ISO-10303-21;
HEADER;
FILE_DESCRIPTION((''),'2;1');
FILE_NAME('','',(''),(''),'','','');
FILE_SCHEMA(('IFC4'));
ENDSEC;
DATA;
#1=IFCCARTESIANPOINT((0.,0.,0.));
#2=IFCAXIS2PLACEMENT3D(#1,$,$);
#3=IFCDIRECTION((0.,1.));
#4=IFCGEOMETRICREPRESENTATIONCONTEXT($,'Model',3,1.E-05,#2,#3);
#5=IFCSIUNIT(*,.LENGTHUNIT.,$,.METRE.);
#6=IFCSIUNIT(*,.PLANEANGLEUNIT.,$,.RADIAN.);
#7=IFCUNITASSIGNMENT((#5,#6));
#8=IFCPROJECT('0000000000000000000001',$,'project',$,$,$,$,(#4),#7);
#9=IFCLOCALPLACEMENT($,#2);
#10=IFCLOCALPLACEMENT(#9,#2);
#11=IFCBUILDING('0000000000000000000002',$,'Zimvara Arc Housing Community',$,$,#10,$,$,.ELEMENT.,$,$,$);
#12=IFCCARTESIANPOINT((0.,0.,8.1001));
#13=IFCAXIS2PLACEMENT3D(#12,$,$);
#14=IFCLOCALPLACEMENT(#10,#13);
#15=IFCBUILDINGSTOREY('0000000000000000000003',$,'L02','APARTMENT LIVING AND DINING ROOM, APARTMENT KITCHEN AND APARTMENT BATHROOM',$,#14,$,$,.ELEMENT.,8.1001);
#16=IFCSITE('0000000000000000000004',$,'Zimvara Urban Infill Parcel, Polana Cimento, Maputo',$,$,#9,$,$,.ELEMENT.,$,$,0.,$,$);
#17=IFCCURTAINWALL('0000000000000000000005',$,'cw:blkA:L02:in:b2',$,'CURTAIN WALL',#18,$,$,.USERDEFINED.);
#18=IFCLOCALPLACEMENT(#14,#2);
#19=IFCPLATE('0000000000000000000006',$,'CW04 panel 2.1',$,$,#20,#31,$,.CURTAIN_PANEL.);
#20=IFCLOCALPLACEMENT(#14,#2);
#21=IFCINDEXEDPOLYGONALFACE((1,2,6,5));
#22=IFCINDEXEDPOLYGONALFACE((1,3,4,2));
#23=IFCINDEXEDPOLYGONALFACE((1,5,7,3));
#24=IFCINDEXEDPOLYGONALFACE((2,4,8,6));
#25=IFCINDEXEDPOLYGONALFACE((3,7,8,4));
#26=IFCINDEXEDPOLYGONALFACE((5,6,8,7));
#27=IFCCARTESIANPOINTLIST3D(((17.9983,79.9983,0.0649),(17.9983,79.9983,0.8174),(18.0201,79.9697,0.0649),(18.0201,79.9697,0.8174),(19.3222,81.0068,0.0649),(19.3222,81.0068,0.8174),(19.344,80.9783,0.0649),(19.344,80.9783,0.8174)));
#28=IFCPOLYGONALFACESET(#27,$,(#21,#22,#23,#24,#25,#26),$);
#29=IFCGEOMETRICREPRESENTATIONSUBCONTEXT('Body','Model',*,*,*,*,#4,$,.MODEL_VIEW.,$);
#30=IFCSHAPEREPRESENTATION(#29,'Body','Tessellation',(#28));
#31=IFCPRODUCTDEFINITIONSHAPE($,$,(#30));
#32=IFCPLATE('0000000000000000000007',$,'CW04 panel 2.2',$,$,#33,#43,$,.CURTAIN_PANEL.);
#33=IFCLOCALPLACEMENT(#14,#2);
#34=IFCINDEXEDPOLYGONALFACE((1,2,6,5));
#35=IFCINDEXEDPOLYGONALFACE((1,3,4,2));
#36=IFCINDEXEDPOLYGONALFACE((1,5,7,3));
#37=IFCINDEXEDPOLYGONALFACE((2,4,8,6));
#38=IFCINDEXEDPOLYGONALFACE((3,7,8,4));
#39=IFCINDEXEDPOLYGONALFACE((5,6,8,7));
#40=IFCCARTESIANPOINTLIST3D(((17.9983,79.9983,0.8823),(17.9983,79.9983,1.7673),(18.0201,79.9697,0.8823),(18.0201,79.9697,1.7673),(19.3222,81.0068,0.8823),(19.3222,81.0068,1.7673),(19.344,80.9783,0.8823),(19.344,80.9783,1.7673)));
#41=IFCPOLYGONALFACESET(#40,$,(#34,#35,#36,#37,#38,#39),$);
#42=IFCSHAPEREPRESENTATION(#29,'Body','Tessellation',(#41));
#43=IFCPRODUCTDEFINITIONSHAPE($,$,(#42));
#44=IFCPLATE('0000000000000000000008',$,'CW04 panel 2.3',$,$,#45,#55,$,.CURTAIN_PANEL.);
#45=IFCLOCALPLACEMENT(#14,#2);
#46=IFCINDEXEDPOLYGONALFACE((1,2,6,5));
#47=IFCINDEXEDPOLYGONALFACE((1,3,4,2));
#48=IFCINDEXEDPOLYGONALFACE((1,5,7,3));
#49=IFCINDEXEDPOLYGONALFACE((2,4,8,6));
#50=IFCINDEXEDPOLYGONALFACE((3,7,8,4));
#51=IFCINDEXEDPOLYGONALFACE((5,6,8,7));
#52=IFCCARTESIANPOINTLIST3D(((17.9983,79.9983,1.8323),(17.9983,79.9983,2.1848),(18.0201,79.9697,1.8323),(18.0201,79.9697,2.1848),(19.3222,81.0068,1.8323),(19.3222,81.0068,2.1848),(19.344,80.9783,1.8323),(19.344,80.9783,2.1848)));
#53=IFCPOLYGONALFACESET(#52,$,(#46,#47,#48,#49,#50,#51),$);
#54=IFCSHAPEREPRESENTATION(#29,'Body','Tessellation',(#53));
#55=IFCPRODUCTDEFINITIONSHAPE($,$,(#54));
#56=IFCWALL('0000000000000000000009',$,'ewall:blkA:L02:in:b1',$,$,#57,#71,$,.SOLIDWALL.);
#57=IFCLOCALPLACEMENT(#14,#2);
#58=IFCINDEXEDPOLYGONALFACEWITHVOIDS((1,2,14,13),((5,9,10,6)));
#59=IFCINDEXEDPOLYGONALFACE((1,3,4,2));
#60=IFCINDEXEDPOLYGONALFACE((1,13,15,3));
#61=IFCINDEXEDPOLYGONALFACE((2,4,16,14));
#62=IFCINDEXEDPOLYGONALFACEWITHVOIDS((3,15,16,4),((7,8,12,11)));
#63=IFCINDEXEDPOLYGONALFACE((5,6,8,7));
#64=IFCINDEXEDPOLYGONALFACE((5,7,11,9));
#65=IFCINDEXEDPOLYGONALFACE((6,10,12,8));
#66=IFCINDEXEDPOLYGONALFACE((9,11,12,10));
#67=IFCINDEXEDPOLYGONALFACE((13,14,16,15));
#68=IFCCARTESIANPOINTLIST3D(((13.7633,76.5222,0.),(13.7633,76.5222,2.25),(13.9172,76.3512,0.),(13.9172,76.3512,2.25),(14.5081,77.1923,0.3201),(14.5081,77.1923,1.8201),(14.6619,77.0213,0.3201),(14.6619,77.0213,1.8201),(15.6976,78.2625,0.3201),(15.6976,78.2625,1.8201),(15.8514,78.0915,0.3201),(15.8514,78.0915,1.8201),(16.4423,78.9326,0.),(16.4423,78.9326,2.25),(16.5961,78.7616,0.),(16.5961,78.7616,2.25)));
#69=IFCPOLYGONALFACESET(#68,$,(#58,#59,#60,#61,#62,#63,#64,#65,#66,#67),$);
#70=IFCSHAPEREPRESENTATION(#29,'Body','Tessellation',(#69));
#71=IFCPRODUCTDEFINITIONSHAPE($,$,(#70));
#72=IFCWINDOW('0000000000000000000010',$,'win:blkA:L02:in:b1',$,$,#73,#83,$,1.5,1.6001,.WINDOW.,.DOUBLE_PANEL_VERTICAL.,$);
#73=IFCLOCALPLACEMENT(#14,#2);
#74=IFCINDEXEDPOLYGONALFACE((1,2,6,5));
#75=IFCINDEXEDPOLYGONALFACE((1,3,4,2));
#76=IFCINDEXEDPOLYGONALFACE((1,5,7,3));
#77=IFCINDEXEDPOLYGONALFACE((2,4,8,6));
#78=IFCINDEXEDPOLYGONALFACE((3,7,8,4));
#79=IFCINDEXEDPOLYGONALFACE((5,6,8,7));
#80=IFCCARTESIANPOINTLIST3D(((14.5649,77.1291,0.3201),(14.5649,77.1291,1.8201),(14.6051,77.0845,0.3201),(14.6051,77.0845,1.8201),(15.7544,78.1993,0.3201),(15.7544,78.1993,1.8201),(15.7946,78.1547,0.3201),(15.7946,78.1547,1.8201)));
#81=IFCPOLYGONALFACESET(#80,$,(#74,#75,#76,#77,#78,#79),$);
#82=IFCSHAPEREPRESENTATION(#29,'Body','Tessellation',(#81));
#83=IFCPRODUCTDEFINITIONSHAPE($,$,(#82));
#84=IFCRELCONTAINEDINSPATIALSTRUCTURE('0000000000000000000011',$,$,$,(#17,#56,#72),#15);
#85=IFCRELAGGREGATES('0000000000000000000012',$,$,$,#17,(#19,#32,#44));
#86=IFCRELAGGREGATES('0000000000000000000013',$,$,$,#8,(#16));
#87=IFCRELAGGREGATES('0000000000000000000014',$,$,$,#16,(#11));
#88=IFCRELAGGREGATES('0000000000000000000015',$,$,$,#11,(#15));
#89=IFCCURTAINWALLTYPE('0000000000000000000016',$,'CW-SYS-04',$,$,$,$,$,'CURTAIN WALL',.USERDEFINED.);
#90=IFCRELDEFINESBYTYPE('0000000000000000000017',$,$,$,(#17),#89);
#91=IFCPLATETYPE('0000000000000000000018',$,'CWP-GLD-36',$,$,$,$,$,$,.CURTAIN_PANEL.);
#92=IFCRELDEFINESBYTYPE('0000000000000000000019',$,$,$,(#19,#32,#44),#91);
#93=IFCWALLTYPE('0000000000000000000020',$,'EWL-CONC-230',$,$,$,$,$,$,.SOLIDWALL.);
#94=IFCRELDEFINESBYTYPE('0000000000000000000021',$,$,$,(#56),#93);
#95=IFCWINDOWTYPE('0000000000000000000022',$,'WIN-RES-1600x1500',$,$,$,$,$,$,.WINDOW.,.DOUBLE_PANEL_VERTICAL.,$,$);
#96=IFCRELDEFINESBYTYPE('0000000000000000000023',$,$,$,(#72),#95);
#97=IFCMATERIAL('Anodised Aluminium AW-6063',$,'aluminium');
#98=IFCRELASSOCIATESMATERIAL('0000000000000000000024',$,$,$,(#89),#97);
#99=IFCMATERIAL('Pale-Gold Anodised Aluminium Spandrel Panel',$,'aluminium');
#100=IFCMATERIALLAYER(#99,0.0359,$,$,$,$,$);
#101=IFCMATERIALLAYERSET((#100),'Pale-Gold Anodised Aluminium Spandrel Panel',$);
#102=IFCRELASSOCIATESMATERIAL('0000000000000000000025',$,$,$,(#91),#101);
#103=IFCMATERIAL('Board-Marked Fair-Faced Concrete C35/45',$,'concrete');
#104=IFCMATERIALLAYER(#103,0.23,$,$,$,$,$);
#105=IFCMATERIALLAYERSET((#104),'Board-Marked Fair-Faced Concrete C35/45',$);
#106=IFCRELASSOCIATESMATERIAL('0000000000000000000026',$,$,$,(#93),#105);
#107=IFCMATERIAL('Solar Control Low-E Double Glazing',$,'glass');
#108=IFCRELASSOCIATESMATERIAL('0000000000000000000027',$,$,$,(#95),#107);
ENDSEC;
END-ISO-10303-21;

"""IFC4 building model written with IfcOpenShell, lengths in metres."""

from ifc_helpers import new_model, si_unit, direction, frame, frame_2d, origin, origin_2d, place, context, subcontext, project, spatial, rectangle, extrude, material, layer, layer_set, type_object, element, fill, aggregate, save


model = new_model("IFC4")

# Units and contexts
model_context = context("Model", 3, precision=1e-05, world=origin(), true_north=direction((0.0, 1.0)))
body_context = subcontext(model_context, "Body", "Model", "MODEL_VIEW")
ifc_project = project(units=[si_unit("LENGTHUNIT", "METRE"), si_unit("PLANEANGLEUNIT", "RADIAN")], contexts=[model_context])

# Site, building, storey
site_placement = place(None, origin())
site = spatial("IfcSite", under=ifc_project, at=site_placement, Name="Zimvara Urban Infill Parcel, Polana Cimento, Maputo", CompositionType="ELEMENT", RefElevation=0.0)
building_placement = place(site_placement, origin())
building = spatial("IfcBuilding", under=site, at=building_placement, Name="Zimvara Arc Housing Community", CompositionType="ELEMENT")
storey_placement = place(building_placement, frame((0.0, 0.0, 8.1001)))
storey = spatial("IfcBuildingStorey", under=building, at=storey_placement, Name="L02", Description="APARTMENT LIVING AND DINING ROOM, APARTMENT KITCHEN AND APARTMENT BATHROOM", CompositionType="ELEMENT", Elevation=8.1001)

# Curtain wall
ifc_material_1 = material(Name="Anodised Aluminium AW-6063", Category="aluminium")
curtain_wall_type_1 = type_object("IfcCurtainWallType", Name="CW-SYS-04", ElementType="CURTAIN WALL", PredefinedType="USERDEFINED", material=ifc_material_1)
curtain_wall_1_placement = place(storey_placement, origin())
curtain_wall_1 = element("IfcCurtainWall", 1, at=curtain_wall_1_placement, inside=storey, type_object=curtain_wall_type_1, Name="cw:blkA:L02:in:b2", ObjectType="CURTAIN WALL", PredefinedType="USERDEFINED")

# Plates
ifc_material_2 = material(Name="Pale-Gold Anodised Aluminium Spandrel Panel", Category="aluminium")
ifc_layer_1 = layer(ifc_material_2, 0.0359)
ifc_layer_set_1 = layer_set([ifc_layer_1], Name="Pale-Gold Anodised Aluminium Spandrel Panel")
plate_type = type_object("IfcPlateType", Name="CWP-GLD-36", PredefinedType="CURTAIN_PANEL", material=ifc_layer_set_1)
plate_1_placement = place(storey_placement, frame((18.6711, 80.4883, 0.0649), z_axis=(0.0, 0.0, 1.0), x_axis=(0.795474, 0.605988, 0.0)))
plate_1 = element("IfcPlate", 2, at=plate_1_placement, type_object=plate_type, Name="CW04 panel 2.1", PredefinedType="CURTAIN_PANEL", context=body_context, shape_type="SweptSolid", body=[
    extrude(rectangle(XDim=1.6643, YDim=0.0359, at=origin_2d()), origin(), (0.0, 0.0, 1.0), 0.7524),
])
plate_2_placement = place(storey_placement, frame((18.6711, 80.4883, 0.8823), z_axis=(0.0, 0.0, 1.0), x_axis=(0.795474, 0.605988, 0.0)))
plate_2 = element("IfcPlate", 3, at=plate_2_placement, type_object=plate_type, Name="CW04 panel 2.2", PredefinedType="CURTAIN_PANEL", context=body_context, shape_type="SweptSolid", body=[
    extrude(rectangle(XDim=1.6643, YDim=0.0359, at=origin_2d()), origin(), (0.0, 0.0, 1.0), 0.885),
])
plate_3_placement = place(storey_placement, frame((18.6711, 80.4883, 1.8323), z_axis=(0.0, 0.0, 1.0), x_axis=(0.795474, 0.605988, 0.0)))
plate_3 = element("IfcPlate", 4, at=plate_3_placement, type_object=plate_type, Name="CW04 panel 2.3", PredefinedType="CURTAIN_PANEL", context=body_context, shape_type="SweptSolid", body=[
    extrude(rectangle(XDim=1.6643, YDim=0.0359, at=origin_2d()), origin(), (0.0, 0.0, 1.0), 0.3525),
])
aggregate(curtain_wall_1, [plate_1, plate_2, plate_3])

# Wall, opening, window
ifc_material_3 = material(Name="Board-Marked Fair-Faced Concrete C35/45", Category="concrete")
ifc_layer_2 = layer(ifc_material_3, 0.23)
ifc_layer_set_2 = layer_set([ifc_layer_2], Name="Board-Marked Fair-Faced Concrete C35/45")
wall_type = type_object("IfcWallType", Name="EWL-CONC-230", PredefinedType="SOLIDWALL", material=ifc_layer_set_2)
wall_placement = place(storey_placement, frame((13.8403, 76.4368, 0.0), z_axis=(0.0, 0.0, 1.0), x_axis=(0.743385, 0.668864, 0.0)))
wall = element("IfcWall", 5, at=wall_placement, inside=storey, type_object=wall_type, Name="ewall:blkA:L02:in:b1", PredefinedType="SOLIDWALL", context=body_context, shape_type="SweptSolid", body=[
    extrude(rectangle(XDim=3.6038, YDim=0.23, at=frame_2d((1.8018, 0.0))), origin(), (0.0, 0.0, 1.0), 2.25),
])
opening_placement = place(wall_placement, frame((1.0017, 0.0, 0.3201)))
opening = element("IfcOpeningElement", 6, at=opening_placement, cuts=wall, PredefinedType="OPENING", context=body_context, shape_type="SweptSolid", body=[
    extrude(rectangle(XDim=1.6001, YDim=1.5, at=frame_2d((0.8, 0.75))), frame((0.0, 0.125, 0.0), z_axis=(0.0, -1.0, 0.0), x_axis=(1.0, 0.0, 0.0)), (0.0, 0.0, 1.0), 0.25),
])
ifc_material_4 = material(Name="Solar Control Low-E Double Glazing", Category="glass")
window_type = type_object("IfcWindowType", Name="WIN-RES-1600x1500", PartitioningType="DOUBLE_PANEL_VERTICAL", PredefinedType="WINDOW", material=ifc_material_4)
window_placement = place(opening_placement, origin())
window = element("IfcWindow", 7, at=window_placement, inside=storey, type_object=window_type, Name="win:blkA:L02:in:b1", OverallHeight=1.5, OverallWidth=1.6001, PartitioningType="DOUBLE_PANEL_VERTICAL", PredefinedType="WINDOW", context=body_context, shape_type="SweptSolid", body=[
    extrude(rectangle(XDim=1.6001, YDim=1.5, at=frame_2d((0.8, 0.75))), frame((0.0, 0.03, 0.0), z_axis=(0.0, -1.0, 0.0), x_axis=(1.0, 0.0, 0.0)), (0.0, 0.0, 1.0), 0.0601),
])
fill(opening, window)

save(model, "model.ifc")
